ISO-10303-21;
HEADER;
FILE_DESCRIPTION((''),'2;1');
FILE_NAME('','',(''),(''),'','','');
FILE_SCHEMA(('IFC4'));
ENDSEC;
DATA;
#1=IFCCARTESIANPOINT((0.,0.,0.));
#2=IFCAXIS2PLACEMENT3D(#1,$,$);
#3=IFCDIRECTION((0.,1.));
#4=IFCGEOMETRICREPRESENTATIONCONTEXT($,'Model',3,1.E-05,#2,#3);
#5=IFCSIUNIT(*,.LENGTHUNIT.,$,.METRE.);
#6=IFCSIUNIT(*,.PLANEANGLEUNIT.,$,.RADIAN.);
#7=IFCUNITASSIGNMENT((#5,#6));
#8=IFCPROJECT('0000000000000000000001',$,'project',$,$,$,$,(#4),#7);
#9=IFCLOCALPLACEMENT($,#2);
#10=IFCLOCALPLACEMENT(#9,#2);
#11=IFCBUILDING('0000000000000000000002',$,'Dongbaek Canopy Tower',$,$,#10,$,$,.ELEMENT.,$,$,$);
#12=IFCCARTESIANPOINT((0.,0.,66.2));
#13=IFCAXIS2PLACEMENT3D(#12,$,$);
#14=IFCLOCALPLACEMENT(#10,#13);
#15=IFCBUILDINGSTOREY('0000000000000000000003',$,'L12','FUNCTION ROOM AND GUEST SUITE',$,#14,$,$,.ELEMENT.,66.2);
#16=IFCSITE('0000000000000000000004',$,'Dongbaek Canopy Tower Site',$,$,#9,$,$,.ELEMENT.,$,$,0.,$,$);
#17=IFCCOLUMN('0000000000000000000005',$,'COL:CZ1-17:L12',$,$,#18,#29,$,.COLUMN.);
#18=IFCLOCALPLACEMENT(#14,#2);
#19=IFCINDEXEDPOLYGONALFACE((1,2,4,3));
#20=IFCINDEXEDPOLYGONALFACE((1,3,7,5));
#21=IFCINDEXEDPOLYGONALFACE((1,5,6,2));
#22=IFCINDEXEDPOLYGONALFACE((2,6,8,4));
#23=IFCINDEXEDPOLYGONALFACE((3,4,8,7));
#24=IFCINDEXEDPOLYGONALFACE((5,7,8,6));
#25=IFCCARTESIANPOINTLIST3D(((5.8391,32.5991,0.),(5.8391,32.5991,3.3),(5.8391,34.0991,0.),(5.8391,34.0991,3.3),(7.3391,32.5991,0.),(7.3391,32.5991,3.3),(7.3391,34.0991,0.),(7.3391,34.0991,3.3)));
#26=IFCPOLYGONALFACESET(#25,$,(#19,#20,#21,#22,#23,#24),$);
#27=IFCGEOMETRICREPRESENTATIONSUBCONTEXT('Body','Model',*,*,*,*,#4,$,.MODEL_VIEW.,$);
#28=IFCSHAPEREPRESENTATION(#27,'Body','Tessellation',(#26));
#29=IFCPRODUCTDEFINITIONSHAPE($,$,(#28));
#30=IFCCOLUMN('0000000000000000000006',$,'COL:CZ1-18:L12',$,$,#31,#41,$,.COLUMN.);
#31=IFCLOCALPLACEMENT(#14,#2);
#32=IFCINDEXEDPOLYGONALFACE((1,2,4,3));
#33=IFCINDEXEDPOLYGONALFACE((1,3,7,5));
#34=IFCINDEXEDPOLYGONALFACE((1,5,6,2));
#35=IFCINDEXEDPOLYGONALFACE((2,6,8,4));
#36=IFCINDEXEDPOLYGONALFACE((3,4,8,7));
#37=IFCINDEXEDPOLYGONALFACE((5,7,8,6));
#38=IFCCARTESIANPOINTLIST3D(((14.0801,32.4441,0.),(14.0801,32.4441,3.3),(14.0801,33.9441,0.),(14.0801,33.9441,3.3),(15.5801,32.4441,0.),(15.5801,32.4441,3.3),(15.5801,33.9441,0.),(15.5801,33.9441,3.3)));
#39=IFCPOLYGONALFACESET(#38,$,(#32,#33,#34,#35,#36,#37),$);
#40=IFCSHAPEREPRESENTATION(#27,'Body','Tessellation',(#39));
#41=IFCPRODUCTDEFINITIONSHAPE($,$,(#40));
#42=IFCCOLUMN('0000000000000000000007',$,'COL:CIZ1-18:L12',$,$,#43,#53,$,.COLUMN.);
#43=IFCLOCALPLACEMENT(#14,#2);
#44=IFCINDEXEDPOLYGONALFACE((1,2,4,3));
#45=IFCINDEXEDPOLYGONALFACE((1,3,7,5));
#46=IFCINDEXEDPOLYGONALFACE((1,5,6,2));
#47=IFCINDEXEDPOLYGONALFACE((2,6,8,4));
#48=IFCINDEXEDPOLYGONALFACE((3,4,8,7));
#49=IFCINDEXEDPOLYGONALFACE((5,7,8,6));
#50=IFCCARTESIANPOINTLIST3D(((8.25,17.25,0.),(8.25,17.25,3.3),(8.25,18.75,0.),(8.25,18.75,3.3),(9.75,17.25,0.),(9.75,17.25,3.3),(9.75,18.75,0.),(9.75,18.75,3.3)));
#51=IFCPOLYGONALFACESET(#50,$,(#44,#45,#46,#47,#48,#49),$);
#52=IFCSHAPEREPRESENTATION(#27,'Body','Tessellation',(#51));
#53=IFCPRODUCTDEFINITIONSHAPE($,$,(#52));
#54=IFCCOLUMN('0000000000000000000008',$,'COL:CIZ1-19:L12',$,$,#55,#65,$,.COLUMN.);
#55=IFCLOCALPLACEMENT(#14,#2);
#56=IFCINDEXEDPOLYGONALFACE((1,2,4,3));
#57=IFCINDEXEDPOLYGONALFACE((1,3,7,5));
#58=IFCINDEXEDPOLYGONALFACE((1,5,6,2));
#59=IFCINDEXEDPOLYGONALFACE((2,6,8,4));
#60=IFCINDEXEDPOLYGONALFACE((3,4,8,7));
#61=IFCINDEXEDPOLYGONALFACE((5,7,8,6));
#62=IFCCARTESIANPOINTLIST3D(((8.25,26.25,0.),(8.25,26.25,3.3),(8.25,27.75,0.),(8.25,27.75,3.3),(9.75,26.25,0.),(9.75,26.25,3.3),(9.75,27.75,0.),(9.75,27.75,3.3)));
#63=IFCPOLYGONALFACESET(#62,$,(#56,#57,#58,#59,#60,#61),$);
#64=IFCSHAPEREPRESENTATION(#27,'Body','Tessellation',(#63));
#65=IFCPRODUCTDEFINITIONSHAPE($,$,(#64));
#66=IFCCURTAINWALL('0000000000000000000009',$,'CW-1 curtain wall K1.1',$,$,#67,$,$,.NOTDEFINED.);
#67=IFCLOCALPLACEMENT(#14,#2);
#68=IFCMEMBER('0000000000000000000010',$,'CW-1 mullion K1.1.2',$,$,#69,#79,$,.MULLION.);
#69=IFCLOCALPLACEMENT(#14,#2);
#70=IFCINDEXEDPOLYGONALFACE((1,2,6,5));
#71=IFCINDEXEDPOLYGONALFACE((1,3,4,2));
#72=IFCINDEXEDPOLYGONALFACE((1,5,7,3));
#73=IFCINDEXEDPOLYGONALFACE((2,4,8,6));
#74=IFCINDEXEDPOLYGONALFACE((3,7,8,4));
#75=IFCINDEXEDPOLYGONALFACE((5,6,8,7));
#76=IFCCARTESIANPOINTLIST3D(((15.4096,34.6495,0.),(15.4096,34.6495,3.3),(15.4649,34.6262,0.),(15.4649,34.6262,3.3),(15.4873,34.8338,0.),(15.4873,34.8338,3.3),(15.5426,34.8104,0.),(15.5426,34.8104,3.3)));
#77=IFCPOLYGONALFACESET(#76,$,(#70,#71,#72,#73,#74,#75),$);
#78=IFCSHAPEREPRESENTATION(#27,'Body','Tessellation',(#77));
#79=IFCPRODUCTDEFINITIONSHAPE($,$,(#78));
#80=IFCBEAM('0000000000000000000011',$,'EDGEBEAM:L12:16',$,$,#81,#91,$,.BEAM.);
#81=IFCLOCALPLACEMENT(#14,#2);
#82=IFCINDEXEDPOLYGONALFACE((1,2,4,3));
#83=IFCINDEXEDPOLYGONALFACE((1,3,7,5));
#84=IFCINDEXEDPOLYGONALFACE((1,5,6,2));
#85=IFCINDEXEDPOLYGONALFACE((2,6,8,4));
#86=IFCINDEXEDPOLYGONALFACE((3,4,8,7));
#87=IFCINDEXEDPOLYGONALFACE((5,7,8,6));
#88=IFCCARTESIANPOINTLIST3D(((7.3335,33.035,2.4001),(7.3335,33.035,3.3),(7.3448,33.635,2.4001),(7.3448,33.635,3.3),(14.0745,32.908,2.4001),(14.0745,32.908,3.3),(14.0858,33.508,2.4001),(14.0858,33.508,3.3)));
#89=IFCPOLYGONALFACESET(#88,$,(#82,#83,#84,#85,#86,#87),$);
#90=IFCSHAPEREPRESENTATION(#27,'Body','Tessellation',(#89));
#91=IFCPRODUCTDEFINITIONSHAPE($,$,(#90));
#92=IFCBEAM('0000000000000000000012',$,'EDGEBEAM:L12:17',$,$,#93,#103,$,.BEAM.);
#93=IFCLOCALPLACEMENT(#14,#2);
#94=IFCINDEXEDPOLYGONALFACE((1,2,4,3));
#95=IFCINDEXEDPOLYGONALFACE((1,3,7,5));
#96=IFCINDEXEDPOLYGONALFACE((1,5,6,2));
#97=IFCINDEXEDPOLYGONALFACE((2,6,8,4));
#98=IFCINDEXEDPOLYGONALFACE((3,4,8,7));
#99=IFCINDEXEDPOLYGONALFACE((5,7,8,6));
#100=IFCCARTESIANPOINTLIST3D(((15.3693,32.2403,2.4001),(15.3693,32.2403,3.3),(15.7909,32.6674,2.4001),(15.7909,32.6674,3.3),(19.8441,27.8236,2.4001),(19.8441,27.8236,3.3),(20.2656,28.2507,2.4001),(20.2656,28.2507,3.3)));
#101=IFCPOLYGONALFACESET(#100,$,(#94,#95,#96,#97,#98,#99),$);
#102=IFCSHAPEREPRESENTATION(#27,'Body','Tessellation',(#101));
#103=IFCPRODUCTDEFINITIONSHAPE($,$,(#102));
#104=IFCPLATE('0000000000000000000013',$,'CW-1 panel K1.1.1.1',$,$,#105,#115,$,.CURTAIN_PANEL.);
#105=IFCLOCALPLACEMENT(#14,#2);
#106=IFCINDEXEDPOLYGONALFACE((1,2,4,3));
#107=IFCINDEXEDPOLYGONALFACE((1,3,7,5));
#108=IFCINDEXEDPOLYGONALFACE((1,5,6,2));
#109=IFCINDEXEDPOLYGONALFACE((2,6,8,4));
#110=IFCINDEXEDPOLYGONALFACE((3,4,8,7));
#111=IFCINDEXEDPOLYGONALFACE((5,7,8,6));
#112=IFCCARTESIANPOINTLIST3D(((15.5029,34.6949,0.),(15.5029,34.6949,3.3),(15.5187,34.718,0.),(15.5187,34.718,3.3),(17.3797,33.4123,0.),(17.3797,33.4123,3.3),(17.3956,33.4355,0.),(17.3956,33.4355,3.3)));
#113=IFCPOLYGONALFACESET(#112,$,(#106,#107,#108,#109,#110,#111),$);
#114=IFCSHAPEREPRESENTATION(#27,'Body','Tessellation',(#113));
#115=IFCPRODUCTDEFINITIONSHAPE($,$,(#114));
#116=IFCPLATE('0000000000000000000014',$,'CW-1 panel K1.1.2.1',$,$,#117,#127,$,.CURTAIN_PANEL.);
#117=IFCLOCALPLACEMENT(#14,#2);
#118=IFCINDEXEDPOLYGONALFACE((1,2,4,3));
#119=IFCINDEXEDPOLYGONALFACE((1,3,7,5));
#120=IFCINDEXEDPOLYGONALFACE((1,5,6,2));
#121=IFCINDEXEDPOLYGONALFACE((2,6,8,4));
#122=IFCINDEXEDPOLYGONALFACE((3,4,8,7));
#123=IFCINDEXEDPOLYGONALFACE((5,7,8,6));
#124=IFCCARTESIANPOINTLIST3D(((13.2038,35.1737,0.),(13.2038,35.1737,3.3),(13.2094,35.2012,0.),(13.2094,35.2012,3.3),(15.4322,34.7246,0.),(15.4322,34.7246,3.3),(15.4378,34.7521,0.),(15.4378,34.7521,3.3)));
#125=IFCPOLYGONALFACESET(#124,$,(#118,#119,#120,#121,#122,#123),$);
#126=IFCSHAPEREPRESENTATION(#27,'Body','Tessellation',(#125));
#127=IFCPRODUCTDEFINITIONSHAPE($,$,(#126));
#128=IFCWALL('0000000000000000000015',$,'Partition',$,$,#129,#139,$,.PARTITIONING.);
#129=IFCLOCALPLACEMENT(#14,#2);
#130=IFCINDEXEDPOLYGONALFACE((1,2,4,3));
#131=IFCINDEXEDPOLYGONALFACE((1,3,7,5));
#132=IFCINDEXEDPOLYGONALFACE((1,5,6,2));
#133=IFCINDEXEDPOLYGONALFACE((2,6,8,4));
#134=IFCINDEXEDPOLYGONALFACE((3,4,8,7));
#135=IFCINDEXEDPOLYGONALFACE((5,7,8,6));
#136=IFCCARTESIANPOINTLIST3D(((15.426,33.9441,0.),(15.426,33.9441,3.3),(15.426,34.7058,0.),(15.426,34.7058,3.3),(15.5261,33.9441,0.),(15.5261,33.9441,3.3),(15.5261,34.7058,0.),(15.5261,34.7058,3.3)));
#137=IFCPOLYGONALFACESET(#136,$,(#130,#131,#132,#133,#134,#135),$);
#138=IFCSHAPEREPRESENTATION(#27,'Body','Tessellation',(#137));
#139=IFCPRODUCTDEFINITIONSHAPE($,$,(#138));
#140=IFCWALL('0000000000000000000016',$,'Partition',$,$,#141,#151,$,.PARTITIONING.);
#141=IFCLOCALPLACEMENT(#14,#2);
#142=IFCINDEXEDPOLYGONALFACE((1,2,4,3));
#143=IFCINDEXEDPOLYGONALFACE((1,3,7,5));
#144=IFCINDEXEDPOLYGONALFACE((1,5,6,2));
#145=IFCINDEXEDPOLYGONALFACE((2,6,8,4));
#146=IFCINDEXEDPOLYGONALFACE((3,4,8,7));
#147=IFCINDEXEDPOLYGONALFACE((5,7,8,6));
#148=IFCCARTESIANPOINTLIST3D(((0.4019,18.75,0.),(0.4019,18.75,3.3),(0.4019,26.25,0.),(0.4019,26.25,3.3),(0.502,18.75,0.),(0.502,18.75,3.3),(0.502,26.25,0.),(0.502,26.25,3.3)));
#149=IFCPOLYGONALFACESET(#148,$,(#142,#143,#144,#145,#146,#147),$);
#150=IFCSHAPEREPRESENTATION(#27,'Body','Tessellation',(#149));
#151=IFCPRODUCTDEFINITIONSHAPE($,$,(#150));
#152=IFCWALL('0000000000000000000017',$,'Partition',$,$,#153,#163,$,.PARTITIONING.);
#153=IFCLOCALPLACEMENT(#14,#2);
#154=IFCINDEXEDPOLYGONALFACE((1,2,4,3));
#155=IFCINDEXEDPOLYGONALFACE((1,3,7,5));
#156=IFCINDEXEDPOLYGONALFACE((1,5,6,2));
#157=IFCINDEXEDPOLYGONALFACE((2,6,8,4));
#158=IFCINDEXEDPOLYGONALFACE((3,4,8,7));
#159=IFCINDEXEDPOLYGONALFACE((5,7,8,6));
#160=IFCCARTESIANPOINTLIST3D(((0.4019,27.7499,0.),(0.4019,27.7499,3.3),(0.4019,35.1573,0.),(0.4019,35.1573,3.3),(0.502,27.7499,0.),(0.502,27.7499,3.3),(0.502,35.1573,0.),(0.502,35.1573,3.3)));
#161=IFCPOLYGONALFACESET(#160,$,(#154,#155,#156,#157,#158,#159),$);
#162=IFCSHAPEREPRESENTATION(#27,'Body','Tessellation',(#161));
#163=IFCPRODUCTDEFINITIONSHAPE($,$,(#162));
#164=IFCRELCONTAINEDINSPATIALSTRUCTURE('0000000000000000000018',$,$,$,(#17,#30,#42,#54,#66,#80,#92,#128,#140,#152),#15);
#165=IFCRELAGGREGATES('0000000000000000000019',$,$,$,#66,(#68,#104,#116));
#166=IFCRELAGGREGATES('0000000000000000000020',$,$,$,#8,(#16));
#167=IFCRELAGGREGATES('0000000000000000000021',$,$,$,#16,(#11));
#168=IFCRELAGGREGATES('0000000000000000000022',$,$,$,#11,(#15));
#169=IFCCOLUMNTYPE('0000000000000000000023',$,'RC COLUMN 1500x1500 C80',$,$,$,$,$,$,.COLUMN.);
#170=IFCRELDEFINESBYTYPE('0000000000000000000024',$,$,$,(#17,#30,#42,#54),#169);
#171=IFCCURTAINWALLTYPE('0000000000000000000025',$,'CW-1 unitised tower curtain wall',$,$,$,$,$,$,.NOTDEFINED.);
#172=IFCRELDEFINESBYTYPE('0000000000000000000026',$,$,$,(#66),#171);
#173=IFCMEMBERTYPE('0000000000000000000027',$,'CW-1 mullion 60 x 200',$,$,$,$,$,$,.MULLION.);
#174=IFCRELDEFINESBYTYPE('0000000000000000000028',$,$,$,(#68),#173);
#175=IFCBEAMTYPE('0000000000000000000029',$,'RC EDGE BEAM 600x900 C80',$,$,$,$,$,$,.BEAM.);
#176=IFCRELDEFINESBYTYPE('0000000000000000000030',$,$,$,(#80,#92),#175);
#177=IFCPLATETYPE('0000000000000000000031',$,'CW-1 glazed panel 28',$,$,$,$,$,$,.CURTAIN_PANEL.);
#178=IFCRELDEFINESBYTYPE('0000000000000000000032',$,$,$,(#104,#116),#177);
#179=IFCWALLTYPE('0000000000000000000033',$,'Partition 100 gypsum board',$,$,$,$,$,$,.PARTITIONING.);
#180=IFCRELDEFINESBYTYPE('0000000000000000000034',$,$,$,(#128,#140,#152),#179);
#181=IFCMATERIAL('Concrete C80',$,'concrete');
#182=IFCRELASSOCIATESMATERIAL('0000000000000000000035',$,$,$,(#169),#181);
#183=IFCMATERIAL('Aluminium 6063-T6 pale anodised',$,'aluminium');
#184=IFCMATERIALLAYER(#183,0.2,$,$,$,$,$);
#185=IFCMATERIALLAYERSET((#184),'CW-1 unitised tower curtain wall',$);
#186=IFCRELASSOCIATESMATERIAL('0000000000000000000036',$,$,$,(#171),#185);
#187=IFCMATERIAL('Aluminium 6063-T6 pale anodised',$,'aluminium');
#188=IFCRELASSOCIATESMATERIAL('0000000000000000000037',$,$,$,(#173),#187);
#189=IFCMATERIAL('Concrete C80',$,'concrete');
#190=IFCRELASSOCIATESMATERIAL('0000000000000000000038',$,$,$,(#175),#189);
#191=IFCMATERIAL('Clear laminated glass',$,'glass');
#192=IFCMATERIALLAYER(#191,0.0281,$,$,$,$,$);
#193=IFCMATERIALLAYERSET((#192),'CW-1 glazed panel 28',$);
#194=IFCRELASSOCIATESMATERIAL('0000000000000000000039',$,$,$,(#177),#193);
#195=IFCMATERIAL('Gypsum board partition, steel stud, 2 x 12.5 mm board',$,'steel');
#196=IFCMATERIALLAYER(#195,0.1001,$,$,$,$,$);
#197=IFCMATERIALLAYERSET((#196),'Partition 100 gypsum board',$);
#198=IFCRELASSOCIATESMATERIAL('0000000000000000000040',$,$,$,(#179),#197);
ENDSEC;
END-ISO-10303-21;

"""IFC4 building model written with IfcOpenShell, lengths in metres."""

from ifc_helpers import new_model, si_unit, direction, frame, frame_2d, origin, origin_2d, place, context, subcontext, project, spatial, rectangle, extrude, material, layer, layer_set, material_profile, profile_set, type_object, element, aggregate, save


model = new_model("IFC4")

# Units and contexts
model_context = context("Model", 3, precision=1e-05, world=origin(), true_north=direction((0.0, 1.0)))
body_context = subcontext(model_context, "Body", "Model", "MODEL_VIEW")
ifc_project = project(units=[si_unit("LENGTHUNIT", "METRE"), si_unit("PLANEANGLEUNIT", "RADIAN")], contexts=[model_context])

# Site, building, storey
site_placement = place(None, origin())
site = spatial("IfcSite", under=ifc_project, at=site_placement, Name="Dongbaek Canopy Tower Site", CompositionType="ELEMENT", RefElevation=0.0)
building_placement = place(site_placement, origin())
building = spatial("IfcBuilding", under=site, at=building_placement, Name="Dongbaek Canopy Tower", CompositionType="ELEMENT")
storey_placement = place(building_placement, frame((0.0, 0.0, 66.2)))
storey = spatial("IfcBuildingStorey", under=building, at=storey_placement, Name="L12", Description="FUNCTION ROOM AND GUEST SUITE", CompositionType="ELEMENT", Elevation=66.2)

# Columns
ifc_material_1 = material(Name="Concrete C80", Category="concrete")
ifc_material_profile_1 = material_profile(ifc_material_1, rectangle(XDim=1.5, YDim=1.5, at=origin_2d()), Name="RC COLUMN 1500x1500 C80")
ifc_profile_set_1 = profile_set([ifc_material_profile_1], Name="Concrete C80")
column_type = type_object("IfcColumnType", Name="RC COLUMN 1500x1500 C80", PredefinedType="COLUMN", material=ifc_profile_set_1)
for number, where, z_axis, x_axis, name in (
    (1, (6.5891, 33.3491, 0.0), (0.0, 0.0, 1.0), (1.0, 0.0, 0.0), "COL:CZ1-17:L12"),
    (2, (14.8301, 33.1941, 0.0), (0.0, 0.0, 1.0), (1.0, 0.0, 0.0), "COL:CZ1-18:L12"),
    (3, (9.0, 18.0, 0.0), (0.0, 0.0, 1.0), (1.0, 0.0, 0.0), "COL:CIZ1-18:L12"),
    (4, (9.0, 27.0, 0.0), (0.0, 0.0, 1.0), (1.0, 0.0, 0.0), "COL:CIZ1-19:L12"),
):
    element("IfcColumn", number, at=place(storey_placement, frame(where, z_axis=z_axis, x_axis=x_axis)), inside=storey, type_object=column_type, Name=name, PredefinedType="COLUMN", context=body_context, shape_type="SweptSolid", body=[
        extrude(rectangle(XDim=1.5, YDim=1.5, at=origin_2d()), origin(), (0.0, 0.0, 1.0), 3.3),
    ])

# Curtain wall, member
ifc_material_2 = material(Name="Aluminium 6063-T6 pale anodised", Category="aluminium")
ifc_layer_1 = layer(ifc_material_2, 0.2)
ifc_layer_set_1 = layer_set([ifc_layer_1], Name="CW-1 unitised tower curtain wall")
curtain_wall_type = type_object("IfcCurtainWallType", Name="CW-1 unitised tower curtain wall", PredefinedType="NOTDEFINED", material=ifc_layer_set_1)
curtain_wall_placement = place(storey_placement, origin())
curtain_wall = element("IfcCurtainWall", 5, at=curtain_wall_placement, inside=storey, type_object=curtain_wall_type, Name="CW-1 curtain wall K1.1", PredefinedType="NOTDEFINED")
ifc_material_3 = material(Name="Aluminium 6063-T6 pale anodised", Category="aluminium")
ifc_material_profile_2 = material_profile(ifc_material_3, rectangle(XDim=0.2, YDim=0.0601, at=origin_2d()), Name="CW-1 mullion 60 x 200")
ifc_profile_set_2 = profile_set([ifc_material_profile_2], Name="Aluminium 6063-T6 pale anodised")
member_type = type_object("IfcMemberType", Name="CW-1 mullion 60 x 200", PredefinedType="MULLION", material=ifc_profile_set_2)
member_placement = place(storey_placement, frame((15.4761, 34.73, 0.0), z_axis=(0.0, 0.0, 1.0), x_axis=(0.388645, 0.921387, 0.0)))
member = element("IfcMember", 6, at=member_placement, type_object=member_type, Name="CW-1 mullion K1.1.2", PredefinedType="MULLION", context=body_context, shape_type="SweptSolid", body=[
    extrude(rectangle(XDim=0.2, YDim=0.0601, at=origin_2d()), origin(), (0.0, 0.0, 1.0), 3.3),
])

# Beams
ifc_material_4 = material(Name="Concrete C80", Category="concrete")
ifc_material_profile_3 = material_profile(ifc_material_4, rectangle(XDim=0.6001, YDim=0.8999, at=origin_2d()), Name="RC EDGE BEAM 600x900 C80")
ifc_profile_set_3 = profile_set([ifc_material_profile_3], Name="Concrete C80")
beam_type = type_object("IfcBeamType", Name="RC EDGE BEAM 600x900 C80", PredefinedType="BEAM", material=ifc_profile_set_3)
beam_1_placement = place(storey_placement, frame((7.3391, 33.335, 2.8501), z_axis=(0.999823, -0.01883, 0.0), x_axis=(0.01883, 0.999823, 0.0)))
element("IfcBeam", 7, at=beam_1_placement, inside=storey, type_object=beam_type, Name="EDGEBEAM:L12:16", PredefinedType="BEAM", context=body_context, shape_type="SweptSolid", body=[
    extrude(rectangle(XDim=0.6001, YDim=0.8999, at=origin_2d()), origin(), (0.0, 0.0, 1.0), 6.7422),
])
beam_2_placement = place(storey_placement, frame((15.5801, 32.4539, 2.8501), z_axis=(0.711712, -0.702471, 0.0), x_axis=(0.702471, 0.711712, 0.0)))
element("IfcBeam", 8, at=beam_2_placement, inside=storey, type_object=beam_type, Name="EDGEBEAM:L12:17", PredefinedType="BEAM", context=body_context, shape_type="SweptSolid", body=[
    extrude(rectangle(XDim=0.6001, YDim=0.8999, at=origin_2d()), origin(), (0.0, 0.0, 1.0), 6.2874),
])

# Plates
ifc_material_5 = material(Name="Clear laminated glass", Category="glass")
ifc_layer_2 = layer(ifc_material_5, 0.0281)
ifc_layer_set_2 = layer_set([ifc_layer_2], Name="CW-1 glazed panel 28")
plate_type = type_object("IfcPlateType", Name="CW-1 glazed panel 28", PredefinedType="CURTAIN_PANEL", material=ifc_layer_set_2)
plate_1_placement = place(storey_placement, frame((16.4492, 34.0652, 0.0), z_axis=(0.0, 0.0, 1.0), x_axis=(-0.825641, 0.564196, 0.0)))
plate_1 = element("IfcPlate", 9, at=plate_1_placement, type_object=plate_type, Name="CW-1 panel K1.1.1.1", PredefinedType="CURTAIN_PANEL", context=body_context, shape_type="SweptSolid", body=[
    extrude(rectangle(XDim=2.2732, YDim=0.0281, at=origin_2d()), origin(), (0.0, 0.0, 1.0), 3.3),
])
plate_2_placement = place(storey_placement, frame((14.3208, 34.9629, 0.0), z_axis=(0.0, 0.0, 1.0), x_axis=(-0.980292, 0.197555, 0.0)))
plate_2 = element("IfcPlate", 10, at=plate_2_placement, type_object=plate_type, Name="CW-1 panel K1.1.2.1", PredefinedType="CURTAIN_PANEL", context=body_context, shape_type="SweptSolid", body=[
    extrude(rectangle(XDim=2.2732, YDim=0.0281, at=origin_2d()), origin(), (0.0, 0.0, 1.0), 3.3),
])
aggregate(curtain_wall, [member, plate_1, plate_2])

# Walls
ifc_material_6 = material(Name="Gypsum board partition, steel stud, 2 x 12.5 mm board", Category="steel")
ifc_layer_3 = layer(ifc_material_6, 0.1001)
ifc_layer_set_3 = layer_set([ifc_layer_3], Name="Partition 100 gypsum board")
wall_type = type_object("IfcWallType", Name="Partition 100 gypsum board", PredefinedType="PARTITIONING", material=ifc_layer_set_3)
wall_1_placement = place(storey_placement, frame((15.4761, 33.9441, 0.0), z_axis=(0.0, 0.0, 1.0), x_axis=(0.0, 1.0, 0.0)))
element("IfcWall", 11, at=wall_1_placement, inside=storey, type_object=wall_type, Name="Partition", PredefinedType="PARTITIONING", context=body_context, shape_type="SweptSolid", body=[
    extrude(rectangle(XDim=0.7617, YDim=0.1001, at=frame_2d((0.3809, 0.0))), origin(), (0.0, 0.0, 1.0), 3.3),
])
wall_2_placement = place(storey_placement, frame((0.4519, 18.75, 0.0), z_axis=(0.0, 0.0, 1.0), x_axis=(0.0, 1.0, 0.0)))
element("IfcWall", 12, at=wall_2_placement, inside=storey, type_object=wall_type, Name="Partition", PredefinedType="PARTITIONING", context=body_context, shape_type="SweptSolid", body=[
    extrude(rectangle(XDim=7.5, YDim=0.1001, at=frame_2d((3.75, 0.0))), origin(), (0.0, 0.0, 1.0), 3.3),
])
wall_3_placement = place(storey_placement, frame((0.4519, 27.75, 0.0), z_axis=(0.0, 0.0, 1.0), x_axis=(0.0, 1.0, 0.0)))
element("IfcWall", 13, at=wall_3_placement, inside=storey, type_object=wall_type, Name="Partition", PredefinedType="PARTITIONING", context=body_context, shape_type="SweptSolid", body=[
    extrude(rectangle(XDim=7.4075, YDim=0.1001, at=frame_2d((3.7036, 0.0))), origin(), (0.0, 0.0, 1.0), 3.3),
])

save(model, "model.ifc")
